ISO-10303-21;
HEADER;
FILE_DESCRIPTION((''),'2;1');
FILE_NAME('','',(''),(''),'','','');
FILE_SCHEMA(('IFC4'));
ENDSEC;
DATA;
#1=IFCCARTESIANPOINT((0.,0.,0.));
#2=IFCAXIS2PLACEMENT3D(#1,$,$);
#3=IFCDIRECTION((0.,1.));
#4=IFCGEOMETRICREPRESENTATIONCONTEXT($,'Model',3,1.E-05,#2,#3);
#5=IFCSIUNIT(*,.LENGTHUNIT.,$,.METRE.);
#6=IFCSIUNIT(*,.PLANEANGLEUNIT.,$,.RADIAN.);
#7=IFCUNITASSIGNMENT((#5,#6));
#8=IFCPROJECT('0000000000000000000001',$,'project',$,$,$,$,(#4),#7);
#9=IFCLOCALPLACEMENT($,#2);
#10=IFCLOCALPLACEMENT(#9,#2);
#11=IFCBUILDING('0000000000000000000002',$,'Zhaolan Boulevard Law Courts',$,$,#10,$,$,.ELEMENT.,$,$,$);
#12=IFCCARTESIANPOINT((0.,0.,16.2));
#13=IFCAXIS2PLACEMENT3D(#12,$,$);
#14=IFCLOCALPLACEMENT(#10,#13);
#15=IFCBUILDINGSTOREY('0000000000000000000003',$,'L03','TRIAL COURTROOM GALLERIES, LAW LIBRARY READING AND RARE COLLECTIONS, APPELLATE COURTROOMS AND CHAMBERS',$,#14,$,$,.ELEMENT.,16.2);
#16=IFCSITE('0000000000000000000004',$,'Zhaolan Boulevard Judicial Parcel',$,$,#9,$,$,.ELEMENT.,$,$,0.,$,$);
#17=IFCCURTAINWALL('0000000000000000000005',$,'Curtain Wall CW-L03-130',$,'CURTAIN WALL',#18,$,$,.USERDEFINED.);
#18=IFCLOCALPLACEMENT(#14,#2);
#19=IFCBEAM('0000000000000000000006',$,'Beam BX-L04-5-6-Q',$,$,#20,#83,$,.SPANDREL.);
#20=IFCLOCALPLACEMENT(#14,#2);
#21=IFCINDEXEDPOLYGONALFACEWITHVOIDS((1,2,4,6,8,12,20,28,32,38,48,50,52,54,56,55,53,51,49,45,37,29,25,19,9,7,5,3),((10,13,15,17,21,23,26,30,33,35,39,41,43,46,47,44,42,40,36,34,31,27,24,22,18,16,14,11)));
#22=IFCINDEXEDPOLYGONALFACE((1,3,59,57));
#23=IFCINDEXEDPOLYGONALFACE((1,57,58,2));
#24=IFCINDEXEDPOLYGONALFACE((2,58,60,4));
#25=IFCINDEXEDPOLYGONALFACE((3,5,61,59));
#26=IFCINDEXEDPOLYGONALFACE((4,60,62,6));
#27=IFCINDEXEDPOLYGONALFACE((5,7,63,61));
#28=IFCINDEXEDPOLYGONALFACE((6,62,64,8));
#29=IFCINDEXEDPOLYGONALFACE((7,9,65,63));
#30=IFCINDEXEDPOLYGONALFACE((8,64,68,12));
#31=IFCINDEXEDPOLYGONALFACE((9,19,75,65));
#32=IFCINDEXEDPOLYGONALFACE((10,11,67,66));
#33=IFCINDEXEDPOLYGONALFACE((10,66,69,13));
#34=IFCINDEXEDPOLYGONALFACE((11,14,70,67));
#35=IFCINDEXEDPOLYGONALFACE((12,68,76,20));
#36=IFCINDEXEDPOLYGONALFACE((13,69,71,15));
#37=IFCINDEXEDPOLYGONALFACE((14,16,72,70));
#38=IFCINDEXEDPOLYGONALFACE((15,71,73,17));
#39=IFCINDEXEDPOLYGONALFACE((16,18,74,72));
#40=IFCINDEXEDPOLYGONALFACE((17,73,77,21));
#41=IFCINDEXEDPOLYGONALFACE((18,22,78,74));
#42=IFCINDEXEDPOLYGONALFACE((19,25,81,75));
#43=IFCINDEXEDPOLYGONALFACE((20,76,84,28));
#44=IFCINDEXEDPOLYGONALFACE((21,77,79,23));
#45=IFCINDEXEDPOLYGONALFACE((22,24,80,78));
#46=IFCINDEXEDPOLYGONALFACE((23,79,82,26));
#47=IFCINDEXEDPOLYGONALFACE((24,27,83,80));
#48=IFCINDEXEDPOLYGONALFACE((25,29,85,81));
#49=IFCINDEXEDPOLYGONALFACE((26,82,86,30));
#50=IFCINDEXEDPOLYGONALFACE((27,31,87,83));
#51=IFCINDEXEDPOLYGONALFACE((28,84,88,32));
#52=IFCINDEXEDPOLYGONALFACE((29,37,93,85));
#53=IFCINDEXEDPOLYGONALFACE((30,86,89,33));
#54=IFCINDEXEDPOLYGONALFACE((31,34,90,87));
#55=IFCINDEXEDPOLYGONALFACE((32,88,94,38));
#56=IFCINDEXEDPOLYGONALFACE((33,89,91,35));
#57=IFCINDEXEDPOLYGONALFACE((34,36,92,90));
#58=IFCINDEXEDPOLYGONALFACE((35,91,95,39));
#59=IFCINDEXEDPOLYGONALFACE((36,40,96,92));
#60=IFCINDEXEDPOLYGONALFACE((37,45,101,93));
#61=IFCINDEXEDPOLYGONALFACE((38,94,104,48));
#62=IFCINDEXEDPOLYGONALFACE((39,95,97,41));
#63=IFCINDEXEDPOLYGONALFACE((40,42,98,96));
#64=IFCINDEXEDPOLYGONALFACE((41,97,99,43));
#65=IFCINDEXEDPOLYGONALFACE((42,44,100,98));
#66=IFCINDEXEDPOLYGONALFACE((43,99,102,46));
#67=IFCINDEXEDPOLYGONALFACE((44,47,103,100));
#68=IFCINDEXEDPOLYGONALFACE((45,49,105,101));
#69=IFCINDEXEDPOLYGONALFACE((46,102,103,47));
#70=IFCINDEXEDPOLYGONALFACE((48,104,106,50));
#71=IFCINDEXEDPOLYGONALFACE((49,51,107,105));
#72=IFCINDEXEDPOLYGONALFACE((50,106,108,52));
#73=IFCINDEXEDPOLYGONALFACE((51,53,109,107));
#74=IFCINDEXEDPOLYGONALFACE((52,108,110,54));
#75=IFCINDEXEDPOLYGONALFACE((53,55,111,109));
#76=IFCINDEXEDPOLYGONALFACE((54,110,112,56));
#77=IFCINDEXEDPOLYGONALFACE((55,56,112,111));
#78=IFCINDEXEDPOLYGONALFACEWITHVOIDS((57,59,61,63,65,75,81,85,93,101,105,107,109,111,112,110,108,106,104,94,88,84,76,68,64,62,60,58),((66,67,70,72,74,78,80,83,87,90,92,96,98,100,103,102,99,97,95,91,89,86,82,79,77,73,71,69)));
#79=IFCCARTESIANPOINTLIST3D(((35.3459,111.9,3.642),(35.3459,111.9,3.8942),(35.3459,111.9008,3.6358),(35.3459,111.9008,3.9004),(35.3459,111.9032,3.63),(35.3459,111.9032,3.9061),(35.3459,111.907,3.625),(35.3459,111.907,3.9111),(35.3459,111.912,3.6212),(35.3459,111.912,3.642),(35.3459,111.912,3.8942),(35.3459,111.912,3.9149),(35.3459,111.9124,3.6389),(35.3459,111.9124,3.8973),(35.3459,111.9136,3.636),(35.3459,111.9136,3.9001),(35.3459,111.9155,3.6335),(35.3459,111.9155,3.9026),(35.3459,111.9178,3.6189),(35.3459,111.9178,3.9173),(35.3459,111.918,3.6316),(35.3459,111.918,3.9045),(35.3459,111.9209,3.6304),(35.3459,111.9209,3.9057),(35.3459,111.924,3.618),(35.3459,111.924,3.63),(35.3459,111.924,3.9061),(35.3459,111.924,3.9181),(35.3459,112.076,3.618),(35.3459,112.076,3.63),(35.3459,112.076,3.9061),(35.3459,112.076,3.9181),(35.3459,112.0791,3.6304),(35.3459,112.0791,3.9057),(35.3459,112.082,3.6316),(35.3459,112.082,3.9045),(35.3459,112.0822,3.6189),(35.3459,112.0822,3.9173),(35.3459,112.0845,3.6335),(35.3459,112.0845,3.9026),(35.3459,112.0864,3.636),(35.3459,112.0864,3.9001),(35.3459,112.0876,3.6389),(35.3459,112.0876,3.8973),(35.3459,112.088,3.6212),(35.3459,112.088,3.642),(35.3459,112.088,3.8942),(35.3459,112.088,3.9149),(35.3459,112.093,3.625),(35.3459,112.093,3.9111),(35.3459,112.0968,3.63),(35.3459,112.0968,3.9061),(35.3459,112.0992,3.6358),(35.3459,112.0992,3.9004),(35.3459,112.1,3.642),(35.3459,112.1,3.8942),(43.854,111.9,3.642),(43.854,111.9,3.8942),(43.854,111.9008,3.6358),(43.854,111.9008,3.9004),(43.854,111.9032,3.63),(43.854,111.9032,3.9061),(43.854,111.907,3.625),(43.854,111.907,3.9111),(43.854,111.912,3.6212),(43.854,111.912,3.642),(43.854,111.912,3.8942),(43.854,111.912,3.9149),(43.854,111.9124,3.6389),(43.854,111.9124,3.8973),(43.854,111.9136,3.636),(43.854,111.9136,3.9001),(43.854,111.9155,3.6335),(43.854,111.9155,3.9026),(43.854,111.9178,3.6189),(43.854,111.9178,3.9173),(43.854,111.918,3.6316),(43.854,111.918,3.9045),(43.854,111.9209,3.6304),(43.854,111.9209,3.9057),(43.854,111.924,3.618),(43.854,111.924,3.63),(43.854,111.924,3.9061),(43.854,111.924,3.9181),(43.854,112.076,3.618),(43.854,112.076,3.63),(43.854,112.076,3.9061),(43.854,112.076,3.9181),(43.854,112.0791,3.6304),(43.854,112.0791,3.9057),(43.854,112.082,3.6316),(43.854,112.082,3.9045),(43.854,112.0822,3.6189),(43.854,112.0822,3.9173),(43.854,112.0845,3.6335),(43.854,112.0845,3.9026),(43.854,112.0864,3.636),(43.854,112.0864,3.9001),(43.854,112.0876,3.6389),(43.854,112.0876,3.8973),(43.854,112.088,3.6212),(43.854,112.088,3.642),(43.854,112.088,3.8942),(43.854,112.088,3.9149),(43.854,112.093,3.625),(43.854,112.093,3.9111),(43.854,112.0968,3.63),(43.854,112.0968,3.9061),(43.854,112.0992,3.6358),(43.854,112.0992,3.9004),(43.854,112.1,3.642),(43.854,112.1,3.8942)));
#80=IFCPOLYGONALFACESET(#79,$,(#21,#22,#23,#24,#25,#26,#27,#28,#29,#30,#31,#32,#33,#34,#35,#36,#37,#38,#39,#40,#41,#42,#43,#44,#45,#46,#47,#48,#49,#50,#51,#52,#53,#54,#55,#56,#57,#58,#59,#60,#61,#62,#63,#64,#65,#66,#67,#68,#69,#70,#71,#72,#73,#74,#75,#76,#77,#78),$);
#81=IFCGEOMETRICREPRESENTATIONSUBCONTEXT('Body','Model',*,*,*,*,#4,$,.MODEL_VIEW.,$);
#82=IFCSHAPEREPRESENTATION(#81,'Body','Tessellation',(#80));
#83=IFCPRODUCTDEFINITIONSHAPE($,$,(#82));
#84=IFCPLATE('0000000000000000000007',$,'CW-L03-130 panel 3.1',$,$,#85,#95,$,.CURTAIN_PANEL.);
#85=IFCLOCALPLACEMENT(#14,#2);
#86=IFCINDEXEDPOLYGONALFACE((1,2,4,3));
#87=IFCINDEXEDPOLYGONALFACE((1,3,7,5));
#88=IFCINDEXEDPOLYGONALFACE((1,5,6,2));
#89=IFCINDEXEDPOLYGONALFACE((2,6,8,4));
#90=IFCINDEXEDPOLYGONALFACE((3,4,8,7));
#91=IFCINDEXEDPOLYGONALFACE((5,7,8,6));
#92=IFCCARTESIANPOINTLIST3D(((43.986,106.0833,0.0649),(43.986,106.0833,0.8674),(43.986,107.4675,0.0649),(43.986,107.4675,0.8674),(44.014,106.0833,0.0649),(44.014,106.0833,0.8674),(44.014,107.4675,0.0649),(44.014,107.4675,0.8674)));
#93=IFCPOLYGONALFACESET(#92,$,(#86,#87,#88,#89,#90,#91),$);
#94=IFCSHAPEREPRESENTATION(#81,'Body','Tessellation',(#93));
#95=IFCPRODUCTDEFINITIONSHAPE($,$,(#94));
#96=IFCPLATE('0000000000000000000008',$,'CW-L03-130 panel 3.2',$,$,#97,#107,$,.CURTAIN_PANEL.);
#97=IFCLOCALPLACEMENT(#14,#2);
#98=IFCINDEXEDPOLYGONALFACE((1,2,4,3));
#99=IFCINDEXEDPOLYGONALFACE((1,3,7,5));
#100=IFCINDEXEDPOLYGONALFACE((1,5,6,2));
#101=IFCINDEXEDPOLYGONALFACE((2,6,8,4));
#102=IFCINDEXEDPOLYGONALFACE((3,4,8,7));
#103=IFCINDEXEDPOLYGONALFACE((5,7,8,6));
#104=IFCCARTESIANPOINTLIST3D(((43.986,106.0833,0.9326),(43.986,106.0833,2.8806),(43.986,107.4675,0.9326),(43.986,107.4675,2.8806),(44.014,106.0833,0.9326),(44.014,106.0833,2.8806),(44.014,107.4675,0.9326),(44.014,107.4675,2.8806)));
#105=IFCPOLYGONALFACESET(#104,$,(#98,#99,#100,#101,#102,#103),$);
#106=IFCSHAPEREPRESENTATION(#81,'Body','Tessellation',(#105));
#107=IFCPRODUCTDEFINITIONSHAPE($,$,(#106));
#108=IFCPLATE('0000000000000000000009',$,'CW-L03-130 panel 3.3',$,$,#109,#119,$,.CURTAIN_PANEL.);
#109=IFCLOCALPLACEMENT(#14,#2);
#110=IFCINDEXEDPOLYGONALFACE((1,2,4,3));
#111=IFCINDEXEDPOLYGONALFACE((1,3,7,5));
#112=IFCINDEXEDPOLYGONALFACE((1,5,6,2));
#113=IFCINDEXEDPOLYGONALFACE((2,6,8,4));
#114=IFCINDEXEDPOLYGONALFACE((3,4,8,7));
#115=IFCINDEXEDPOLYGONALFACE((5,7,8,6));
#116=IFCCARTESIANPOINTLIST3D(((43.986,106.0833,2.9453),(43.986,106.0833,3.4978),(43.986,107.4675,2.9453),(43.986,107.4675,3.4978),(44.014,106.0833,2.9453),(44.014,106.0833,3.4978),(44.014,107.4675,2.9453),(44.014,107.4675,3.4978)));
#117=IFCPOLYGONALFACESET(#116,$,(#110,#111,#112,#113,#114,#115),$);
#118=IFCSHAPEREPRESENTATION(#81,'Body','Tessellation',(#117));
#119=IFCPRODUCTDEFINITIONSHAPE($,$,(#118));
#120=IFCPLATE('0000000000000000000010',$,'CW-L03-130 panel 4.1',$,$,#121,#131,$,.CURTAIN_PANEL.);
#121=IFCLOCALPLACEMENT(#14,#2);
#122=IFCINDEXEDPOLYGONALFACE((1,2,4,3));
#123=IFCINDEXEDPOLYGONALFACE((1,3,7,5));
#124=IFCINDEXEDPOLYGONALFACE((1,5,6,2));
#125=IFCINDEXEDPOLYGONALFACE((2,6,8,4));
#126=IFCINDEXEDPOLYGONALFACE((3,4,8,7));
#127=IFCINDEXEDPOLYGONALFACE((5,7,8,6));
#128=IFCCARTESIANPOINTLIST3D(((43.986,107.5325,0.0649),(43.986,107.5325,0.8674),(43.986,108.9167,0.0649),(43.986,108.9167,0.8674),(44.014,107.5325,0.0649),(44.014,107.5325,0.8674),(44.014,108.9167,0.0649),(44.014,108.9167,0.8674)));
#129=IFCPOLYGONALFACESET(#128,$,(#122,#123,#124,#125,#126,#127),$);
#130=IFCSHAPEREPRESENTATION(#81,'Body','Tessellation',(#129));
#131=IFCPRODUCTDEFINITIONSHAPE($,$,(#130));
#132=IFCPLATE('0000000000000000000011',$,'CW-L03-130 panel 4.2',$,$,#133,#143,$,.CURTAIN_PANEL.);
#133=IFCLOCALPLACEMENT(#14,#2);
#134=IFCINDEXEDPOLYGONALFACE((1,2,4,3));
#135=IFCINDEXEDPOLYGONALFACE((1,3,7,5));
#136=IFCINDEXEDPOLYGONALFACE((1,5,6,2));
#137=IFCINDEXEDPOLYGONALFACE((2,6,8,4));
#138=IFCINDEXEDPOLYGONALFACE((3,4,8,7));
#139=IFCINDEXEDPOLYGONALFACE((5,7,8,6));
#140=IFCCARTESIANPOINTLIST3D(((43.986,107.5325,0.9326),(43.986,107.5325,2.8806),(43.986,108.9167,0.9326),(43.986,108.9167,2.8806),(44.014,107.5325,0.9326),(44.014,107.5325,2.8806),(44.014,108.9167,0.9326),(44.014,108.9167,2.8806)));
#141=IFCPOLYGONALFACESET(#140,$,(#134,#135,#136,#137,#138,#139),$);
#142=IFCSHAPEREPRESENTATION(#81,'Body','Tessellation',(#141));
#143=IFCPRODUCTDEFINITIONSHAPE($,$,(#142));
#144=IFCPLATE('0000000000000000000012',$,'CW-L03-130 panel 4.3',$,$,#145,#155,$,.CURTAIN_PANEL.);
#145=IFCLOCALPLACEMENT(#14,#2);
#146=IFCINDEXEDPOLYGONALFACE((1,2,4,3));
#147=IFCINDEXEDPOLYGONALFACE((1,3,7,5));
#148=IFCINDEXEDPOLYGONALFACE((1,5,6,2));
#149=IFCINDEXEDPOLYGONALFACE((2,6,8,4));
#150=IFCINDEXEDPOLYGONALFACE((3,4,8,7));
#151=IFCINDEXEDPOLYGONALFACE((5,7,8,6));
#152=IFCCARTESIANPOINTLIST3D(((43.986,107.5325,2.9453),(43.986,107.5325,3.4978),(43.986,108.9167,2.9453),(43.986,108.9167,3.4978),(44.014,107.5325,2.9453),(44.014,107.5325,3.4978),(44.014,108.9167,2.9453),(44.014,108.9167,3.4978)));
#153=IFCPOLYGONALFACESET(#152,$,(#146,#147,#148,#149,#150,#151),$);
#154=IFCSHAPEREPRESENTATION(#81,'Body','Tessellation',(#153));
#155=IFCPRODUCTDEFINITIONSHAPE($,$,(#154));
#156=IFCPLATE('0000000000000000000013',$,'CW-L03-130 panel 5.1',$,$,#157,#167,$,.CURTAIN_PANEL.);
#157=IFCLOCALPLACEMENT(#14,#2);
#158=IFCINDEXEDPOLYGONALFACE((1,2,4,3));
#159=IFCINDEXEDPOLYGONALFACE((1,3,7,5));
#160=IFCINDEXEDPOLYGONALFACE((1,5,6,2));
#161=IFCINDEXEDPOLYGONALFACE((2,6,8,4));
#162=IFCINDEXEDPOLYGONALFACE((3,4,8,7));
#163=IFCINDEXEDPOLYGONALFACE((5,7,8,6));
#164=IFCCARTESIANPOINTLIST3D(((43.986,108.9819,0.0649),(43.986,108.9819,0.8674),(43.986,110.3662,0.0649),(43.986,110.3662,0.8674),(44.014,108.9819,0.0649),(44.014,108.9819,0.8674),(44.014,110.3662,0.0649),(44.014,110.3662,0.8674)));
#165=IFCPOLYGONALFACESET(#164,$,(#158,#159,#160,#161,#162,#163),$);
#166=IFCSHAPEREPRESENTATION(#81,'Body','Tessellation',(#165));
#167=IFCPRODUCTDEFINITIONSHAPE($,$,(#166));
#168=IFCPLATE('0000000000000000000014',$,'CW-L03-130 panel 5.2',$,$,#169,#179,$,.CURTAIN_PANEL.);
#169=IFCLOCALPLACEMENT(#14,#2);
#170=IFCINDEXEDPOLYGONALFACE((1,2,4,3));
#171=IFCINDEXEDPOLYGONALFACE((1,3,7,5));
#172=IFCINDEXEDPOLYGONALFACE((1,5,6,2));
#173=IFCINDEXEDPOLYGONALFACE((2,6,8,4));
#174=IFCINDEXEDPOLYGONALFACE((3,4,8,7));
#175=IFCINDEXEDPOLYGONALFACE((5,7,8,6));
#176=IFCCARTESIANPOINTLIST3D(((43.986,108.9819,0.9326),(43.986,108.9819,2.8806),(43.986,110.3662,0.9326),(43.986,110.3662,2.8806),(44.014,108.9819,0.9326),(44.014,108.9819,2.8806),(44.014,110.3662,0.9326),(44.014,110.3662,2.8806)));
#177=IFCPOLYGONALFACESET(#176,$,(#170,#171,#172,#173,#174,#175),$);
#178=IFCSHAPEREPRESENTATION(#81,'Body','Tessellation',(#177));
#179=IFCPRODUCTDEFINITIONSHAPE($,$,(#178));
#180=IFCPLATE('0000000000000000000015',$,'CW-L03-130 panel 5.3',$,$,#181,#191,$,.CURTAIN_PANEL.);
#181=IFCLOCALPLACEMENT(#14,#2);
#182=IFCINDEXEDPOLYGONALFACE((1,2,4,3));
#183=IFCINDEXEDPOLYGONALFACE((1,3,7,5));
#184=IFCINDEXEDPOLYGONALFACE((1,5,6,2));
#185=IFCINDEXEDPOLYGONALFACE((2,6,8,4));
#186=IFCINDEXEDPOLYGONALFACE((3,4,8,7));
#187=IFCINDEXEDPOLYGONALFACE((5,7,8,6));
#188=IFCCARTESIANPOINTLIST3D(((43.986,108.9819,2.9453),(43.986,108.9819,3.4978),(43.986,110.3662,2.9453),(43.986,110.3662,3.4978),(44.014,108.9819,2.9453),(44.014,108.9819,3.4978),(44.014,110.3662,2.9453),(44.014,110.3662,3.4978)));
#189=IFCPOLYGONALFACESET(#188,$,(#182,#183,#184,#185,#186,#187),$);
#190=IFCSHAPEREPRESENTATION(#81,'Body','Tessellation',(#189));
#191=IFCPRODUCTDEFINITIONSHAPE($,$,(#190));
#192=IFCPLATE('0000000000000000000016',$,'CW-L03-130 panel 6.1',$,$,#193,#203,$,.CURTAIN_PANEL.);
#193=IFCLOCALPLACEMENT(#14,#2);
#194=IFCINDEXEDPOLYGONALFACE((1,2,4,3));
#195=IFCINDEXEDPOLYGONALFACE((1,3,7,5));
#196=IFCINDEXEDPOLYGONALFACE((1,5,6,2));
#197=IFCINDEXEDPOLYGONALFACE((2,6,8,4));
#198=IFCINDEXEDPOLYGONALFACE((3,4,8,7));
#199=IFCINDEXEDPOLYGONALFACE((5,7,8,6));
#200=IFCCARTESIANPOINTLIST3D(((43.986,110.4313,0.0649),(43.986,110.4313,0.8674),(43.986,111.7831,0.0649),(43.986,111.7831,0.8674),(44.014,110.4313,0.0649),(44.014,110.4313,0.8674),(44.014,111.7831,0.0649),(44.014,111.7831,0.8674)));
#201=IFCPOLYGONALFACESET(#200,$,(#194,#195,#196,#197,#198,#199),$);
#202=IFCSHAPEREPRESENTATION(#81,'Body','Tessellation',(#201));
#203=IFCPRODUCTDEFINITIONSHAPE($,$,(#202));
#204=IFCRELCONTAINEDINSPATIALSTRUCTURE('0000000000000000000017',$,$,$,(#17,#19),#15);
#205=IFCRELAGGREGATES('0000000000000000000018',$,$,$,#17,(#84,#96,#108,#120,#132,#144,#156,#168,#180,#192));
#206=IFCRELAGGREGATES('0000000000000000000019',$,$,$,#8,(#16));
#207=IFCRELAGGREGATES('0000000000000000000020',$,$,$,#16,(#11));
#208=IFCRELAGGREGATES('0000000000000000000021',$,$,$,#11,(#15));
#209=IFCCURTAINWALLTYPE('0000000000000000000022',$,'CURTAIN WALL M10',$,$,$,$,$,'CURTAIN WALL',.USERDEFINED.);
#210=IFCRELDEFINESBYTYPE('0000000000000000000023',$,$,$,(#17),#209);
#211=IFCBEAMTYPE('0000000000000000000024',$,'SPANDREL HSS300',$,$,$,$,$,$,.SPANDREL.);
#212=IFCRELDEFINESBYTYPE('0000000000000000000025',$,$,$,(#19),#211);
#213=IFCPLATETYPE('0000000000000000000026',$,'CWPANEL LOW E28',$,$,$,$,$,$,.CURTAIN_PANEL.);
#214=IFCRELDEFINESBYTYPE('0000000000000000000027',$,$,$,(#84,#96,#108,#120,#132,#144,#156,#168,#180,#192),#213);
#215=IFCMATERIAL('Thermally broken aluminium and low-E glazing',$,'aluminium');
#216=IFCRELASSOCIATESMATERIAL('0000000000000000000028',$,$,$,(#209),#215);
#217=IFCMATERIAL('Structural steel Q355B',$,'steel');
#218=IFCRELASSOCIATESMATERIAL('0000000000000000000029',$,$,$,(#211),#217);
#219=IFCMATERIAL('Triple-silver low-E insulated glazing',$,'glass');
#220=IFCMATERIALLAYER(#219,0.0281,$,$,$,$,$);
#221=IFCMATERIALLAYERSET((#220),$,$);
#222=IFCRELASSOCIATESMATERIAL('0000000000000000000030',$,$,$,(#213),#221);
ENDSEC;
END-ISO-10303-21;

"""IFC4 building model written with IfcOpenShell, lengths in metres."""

from ifc_helpers import new_model, si_unit, direction, frame, origin, origin_2d, place, context, subcontext, project, spatial, rectangle, hollow_rectangle, extrude, material, layer, layer_set, material_profile, profile_set, type_object, element, aggregate, save


model = new_model("IFC4")

# Units and contexts
model_context = context("Model", 3, precision=1e-05, world=origin(), true_north=direction((0.0, 1.0)))
body_context = subcontext(model_context, "Body", "Model", "MODEL_VIEW")
ifc_project = project(units=[si_unit("LENGTHUNIT", "METRE"), si_unit("PLANEANGLEUNIT", "RADIAN")], contexts=[model_context])

# Site, building, storey
site_placement = place(None, origin())
site = spatial("IfcSite", under=ifc_project, at=site_placement, Name="Zhaolan Boulevard Judicial Parcel", CompositionType="ELEMENT", RefElevation=0.0)
building_placement = place(site_placement, origin())
building = spatial("IfcBuilding", under=site, at=building_placement, Name="Zhaolan Boulevard Law Courts", CompositionType="ELEMENT")
storey_placement = place(building_placement, frame((0.0, 0.0, 16.2)))
storey = spatial("IfcBuildingStorey", under=building, at=storey_placement, Name="L03", Description="TRIAL COURTROOM GALLERIES, LAW LIBRARY READING AND RARE COLLECTIONS, APPELLATE COURTROOMS AND CHAMBERS", CompositionType="ELEMENT", Elevation=16.2)

# Curtain wall
ifc_material_1 = material(Name="Thermally broken aluminium and low-E glazing", Category="aluminium")
curtain_wall_type = type_object("IfcCurtainWallType", Name="CURTAIN WALL M10", ElementType="CURTAIN WALL", PredefinedType="USERDEFINED", material=ifc_material_1)
curtain_wall_placement = place(storey_placement, origin())
curtain_wall = element("IfcCurtainWall", 1, at=curtain_wall_placement, inside=storey, type_object=curtain_wall_type, Name="Curtain Wall CW-L03-130", ObjectType="CURTAIN WALL", PredefinedType="USERDEFINED")

# Beam
ifc_material_2 = material(Name="Structural steel Q355B", Category="steel")
ifc_material_profile_1 = material_profile(ifc_material_2, hollow_rectangle(XDim=0.2, YDim=0.3, WallThickness=0.012, InnerFilletRadius=0.012, OuterFilletRadius=0.0239, at=origin_2d()), Name="HSS300x200x12")
ifc_profile_set_1 = profile_set([ifc_material_profile_1], Name="Structural steel Q355B")
beam_type = type_object("IfcBeamType", Name="SPANDREL HSS300", PredefinedType="SPANDREL", material=ifc_profile_set_1)
beam_placement = place(storey_placement, frame((35.3459, 112.0, 3.7681), z_axis=(1.0, 0.0, 0.0), x_axis=(0.0, 1.0, 0.0)))
element("IfcBeam", 2, at=beam_placement, inside=storey, type_object=beam_type, Name="Beam BX-L04-5-6-Q", PredefinedType="SPANDREL", context=body_context, shape_type="SweptSolid", body=[
    extrude(hollow_rectangle(XDim=0.2, YDim=0.3, WallThickness=0.012, InnerFilletRadius=0.012, OuterFilletRadius=0.0239, at=origin_2d()), origin(), (0.0, 0.0, 1.0), 8.5081),
])

# Plates
ifc_material_3 = material(Name="Triple-silver low-E insulated glazing", Category="glass")
ifc_layer_1 = layer(ifc_material_3, 0.0281)
ifc_layer_set_1 = layer_set([ifc_layer_1])
plate_type_1 = type_object("IfcPlateType", Name="CWPANEL LOW E28", PredefinedType="CURTAIN_PANEL", material=ifc_layer_set_1)
plate_1_placement = place(storey_placement, frame((44.0, 106.7754, 0.0649), z_axis=(0.0, 0.0, 1.0), x_axis=(0.0, 1.0, 0.0)))
plate_1 = element("IfcPlate", 3, at=plate_1_placement, type_object=plate_type_1, Name="CW-L03-130 panel 3.1", PredefinedType="CURTAIN_PANEL", context=body_context, shape_type="SweptSolid", body=[
    extrude(rectangle(XDim=1.3843, YDim=0.0281, at=origin_2d()), origin(), (0.0, 0.0, 1.0), 0.8025),
])
plate_2_placement = place(storey_placement, frame((44.0, 106.7754, 0.9326), z_axis=(0.0, 0.0, 1.0), x_axis=(0.0, 1.0, 0.0)))
plate_2 = element("IfcPlate", 4, at=plate_2_placement, type_object=plate_type_1, Name="CW-L03-130 panel 3.2", PredefinedType="CURTAIN_PANEL", context=body_context, shape_type="SweptSolid", body=[
    extrude(rectangle(XDim=1.3843, YDim=0.0281, at=origin_2d()), origin(), (0.0, 0.0, 1.0), 1.948),
])
plate_3_placement = place(storey_placement, frame((44.0, 106.7754, 2.9453), z_axis=(0.0, 0.0, 1.0), x_axis=(0.0, 1.0, 0.0)))
plate_3 = element("IfcPlate", 5, at=plate_3_placement, type_object=plate_type_1, Name="CW-L03-130 panel 3.3", PredefinedType="CURTAIN_PANEL", context=body_context, shape_type="SweptSolid", body=[
    extrude(rectangle(XDim=1.3843, YDim=0.0281, at=origin_2d()), origin(), (0.0, 0.0, 1.0), 0.5525),
])
plate_4_placement = place(storey_placement, frame((44.0, 108.2246, 0.0649), z_axis=(0.0, 0.0, 1.0), x_axis=(0.0, 1.0, 0.0)))
plate_4 = element("IfcPlate", 6, at=plate_4_placement, type_object=plate_type_1, Name="CW-L03-130 panel 4.1", PredefinedType="CURTAIN_PANEL", context=body_context, shape_type="SweptSolid", body=[
    extrude(rectangle(XDim=1.3843, YDim=0.0281, at=origin_2d()), origin(), (0.0, 0.0, 1.0), 0.8025),
])
plate_5_placement = place(storey_placement, frame((44.0, 108.2246, 0.9326), z_axis=(0.0, 0.0, 1.0), x_axis=(0.0, 1.0, 0.0)))
plate_5 = element("IfcPlate", 7, at=plate_5_placement, type_object=plate_type_1, Name="CW-L03-130 panel 4.2", PredefinedType="CURTAIN_PANEL", context=body_context, shape_type="SweptSolid", body=[
    extrude(rectangle(XDim=1.3843, YDim=0.0281, at=origin_2d()), origin(), (0.0, 0.0, 1.0), 1.948),
])
plate_6_placement = place(storey_placement, frame((44.0, 108.2246, 2.9453), z_axis=(0.0, 0.0, 1.0), x_axis=(0.0, 1.0, 0.0)))
plate_6 = element("IfcPlate", 8, at=plate_6_placement, type_object=plate_type_1, Name="CW-L03-130 panel 4.3", PredefinedType="CURTAIN_PANEL", context=body_context, shape_type="SweptSolid", body=[
    extrude(rectangle(XDim=1.3843, YDim=0.0281, at=origin_2d()), origin(), (0.0, 0.0, 1.0), 0.5525),
])
plate_7_placement = place(storey_placement, frame((44.0, 109.6741, 0.0649), z_axis=(0.0, 0.0, 1.0), x_axis=(0.0, 1.0, 0.0)))
plate_7 = element("IfcPlate", 9, at=plate_7_placement, type_object=plate_type_1, Name="CW-L03-130 panel 5.1", PredefinedType="CURTAIN_PANEL", context=body_context, shape_type="SweptSolid", body=[
    extrude(rectangle(XDim=1.3843, YDim=0.0281, at=origin_2d()), origin(), (0.0, 0.0, 1.0), 0.8025),
])
plate_8_placement = place(storey_placement, frame((44.0, 109.6741, 0.9326), z_axis=(0.0, 0.0, 1.0), x_axis=(0.0, 1.0, 0.0)))
plate_8 = element("IfcPlate", 10, at=plate_8_placement, type_object=plate_type_1, Name="CW-L03-130 panel 5.2", PredefinedType="CURTAIN_PANEL", context=body_context, shape_type="SweptSolid", body=[
    extrude(rectangle(XDim=1.3843, YDim=0.0281, at=origin_2d()), origin(), (0.0, 0.0, 1.0), 1.948),
])
plate_9_placement = place(storey_placement, frame((44.0, 109.6741, 2.9453), z_axis=(0.0, 0.0, 1.0), x_axis=(0.0, 1.0, 0.0)))
plate_9 = element("IfcPlate", 11, at=plate_9_placement, type_object=plate_type_1, Name="CW-L03-130 panel 5.3", PredefinedType="CURTAIN_PANEL", context=body_context, shape_type="SweptSolid", body=[
    extrude(rectangle(XDim=1.3843, YDim=0.0281, at=origin_2d()), origin(), (0.0, 0.0, 1.0), 0.5525),
])
plate_10_placement = place(storey_placement, frame((44.0, 111.1072, 0.0649), z_axis=(0.0, 0.0, 1.0), x_axis=(0.0, 1.0, 0.0)))
plate_10 = element("IfcPlate", 12, at=plate_10_placement, type_object=plate_type_1, Name="CW-L03-130 panel 6.1", PredefinedType="CURTAIN_PANEL", context=body_context, shape_type="SweptSolid", body=[
    extrude(rectangle(XDim=1.3518, YDim=0.0281, at=origin_2d()), origin(), (0.0, 0.0, 1.0), 0.8025),
])
aggregate(curtain_wall, [plate_1, plate_2, plate_3, plate_4, plate_5, plate_6, plate_7, plate_8, plate_9, plate_10])

save(model, "model.ifc")
